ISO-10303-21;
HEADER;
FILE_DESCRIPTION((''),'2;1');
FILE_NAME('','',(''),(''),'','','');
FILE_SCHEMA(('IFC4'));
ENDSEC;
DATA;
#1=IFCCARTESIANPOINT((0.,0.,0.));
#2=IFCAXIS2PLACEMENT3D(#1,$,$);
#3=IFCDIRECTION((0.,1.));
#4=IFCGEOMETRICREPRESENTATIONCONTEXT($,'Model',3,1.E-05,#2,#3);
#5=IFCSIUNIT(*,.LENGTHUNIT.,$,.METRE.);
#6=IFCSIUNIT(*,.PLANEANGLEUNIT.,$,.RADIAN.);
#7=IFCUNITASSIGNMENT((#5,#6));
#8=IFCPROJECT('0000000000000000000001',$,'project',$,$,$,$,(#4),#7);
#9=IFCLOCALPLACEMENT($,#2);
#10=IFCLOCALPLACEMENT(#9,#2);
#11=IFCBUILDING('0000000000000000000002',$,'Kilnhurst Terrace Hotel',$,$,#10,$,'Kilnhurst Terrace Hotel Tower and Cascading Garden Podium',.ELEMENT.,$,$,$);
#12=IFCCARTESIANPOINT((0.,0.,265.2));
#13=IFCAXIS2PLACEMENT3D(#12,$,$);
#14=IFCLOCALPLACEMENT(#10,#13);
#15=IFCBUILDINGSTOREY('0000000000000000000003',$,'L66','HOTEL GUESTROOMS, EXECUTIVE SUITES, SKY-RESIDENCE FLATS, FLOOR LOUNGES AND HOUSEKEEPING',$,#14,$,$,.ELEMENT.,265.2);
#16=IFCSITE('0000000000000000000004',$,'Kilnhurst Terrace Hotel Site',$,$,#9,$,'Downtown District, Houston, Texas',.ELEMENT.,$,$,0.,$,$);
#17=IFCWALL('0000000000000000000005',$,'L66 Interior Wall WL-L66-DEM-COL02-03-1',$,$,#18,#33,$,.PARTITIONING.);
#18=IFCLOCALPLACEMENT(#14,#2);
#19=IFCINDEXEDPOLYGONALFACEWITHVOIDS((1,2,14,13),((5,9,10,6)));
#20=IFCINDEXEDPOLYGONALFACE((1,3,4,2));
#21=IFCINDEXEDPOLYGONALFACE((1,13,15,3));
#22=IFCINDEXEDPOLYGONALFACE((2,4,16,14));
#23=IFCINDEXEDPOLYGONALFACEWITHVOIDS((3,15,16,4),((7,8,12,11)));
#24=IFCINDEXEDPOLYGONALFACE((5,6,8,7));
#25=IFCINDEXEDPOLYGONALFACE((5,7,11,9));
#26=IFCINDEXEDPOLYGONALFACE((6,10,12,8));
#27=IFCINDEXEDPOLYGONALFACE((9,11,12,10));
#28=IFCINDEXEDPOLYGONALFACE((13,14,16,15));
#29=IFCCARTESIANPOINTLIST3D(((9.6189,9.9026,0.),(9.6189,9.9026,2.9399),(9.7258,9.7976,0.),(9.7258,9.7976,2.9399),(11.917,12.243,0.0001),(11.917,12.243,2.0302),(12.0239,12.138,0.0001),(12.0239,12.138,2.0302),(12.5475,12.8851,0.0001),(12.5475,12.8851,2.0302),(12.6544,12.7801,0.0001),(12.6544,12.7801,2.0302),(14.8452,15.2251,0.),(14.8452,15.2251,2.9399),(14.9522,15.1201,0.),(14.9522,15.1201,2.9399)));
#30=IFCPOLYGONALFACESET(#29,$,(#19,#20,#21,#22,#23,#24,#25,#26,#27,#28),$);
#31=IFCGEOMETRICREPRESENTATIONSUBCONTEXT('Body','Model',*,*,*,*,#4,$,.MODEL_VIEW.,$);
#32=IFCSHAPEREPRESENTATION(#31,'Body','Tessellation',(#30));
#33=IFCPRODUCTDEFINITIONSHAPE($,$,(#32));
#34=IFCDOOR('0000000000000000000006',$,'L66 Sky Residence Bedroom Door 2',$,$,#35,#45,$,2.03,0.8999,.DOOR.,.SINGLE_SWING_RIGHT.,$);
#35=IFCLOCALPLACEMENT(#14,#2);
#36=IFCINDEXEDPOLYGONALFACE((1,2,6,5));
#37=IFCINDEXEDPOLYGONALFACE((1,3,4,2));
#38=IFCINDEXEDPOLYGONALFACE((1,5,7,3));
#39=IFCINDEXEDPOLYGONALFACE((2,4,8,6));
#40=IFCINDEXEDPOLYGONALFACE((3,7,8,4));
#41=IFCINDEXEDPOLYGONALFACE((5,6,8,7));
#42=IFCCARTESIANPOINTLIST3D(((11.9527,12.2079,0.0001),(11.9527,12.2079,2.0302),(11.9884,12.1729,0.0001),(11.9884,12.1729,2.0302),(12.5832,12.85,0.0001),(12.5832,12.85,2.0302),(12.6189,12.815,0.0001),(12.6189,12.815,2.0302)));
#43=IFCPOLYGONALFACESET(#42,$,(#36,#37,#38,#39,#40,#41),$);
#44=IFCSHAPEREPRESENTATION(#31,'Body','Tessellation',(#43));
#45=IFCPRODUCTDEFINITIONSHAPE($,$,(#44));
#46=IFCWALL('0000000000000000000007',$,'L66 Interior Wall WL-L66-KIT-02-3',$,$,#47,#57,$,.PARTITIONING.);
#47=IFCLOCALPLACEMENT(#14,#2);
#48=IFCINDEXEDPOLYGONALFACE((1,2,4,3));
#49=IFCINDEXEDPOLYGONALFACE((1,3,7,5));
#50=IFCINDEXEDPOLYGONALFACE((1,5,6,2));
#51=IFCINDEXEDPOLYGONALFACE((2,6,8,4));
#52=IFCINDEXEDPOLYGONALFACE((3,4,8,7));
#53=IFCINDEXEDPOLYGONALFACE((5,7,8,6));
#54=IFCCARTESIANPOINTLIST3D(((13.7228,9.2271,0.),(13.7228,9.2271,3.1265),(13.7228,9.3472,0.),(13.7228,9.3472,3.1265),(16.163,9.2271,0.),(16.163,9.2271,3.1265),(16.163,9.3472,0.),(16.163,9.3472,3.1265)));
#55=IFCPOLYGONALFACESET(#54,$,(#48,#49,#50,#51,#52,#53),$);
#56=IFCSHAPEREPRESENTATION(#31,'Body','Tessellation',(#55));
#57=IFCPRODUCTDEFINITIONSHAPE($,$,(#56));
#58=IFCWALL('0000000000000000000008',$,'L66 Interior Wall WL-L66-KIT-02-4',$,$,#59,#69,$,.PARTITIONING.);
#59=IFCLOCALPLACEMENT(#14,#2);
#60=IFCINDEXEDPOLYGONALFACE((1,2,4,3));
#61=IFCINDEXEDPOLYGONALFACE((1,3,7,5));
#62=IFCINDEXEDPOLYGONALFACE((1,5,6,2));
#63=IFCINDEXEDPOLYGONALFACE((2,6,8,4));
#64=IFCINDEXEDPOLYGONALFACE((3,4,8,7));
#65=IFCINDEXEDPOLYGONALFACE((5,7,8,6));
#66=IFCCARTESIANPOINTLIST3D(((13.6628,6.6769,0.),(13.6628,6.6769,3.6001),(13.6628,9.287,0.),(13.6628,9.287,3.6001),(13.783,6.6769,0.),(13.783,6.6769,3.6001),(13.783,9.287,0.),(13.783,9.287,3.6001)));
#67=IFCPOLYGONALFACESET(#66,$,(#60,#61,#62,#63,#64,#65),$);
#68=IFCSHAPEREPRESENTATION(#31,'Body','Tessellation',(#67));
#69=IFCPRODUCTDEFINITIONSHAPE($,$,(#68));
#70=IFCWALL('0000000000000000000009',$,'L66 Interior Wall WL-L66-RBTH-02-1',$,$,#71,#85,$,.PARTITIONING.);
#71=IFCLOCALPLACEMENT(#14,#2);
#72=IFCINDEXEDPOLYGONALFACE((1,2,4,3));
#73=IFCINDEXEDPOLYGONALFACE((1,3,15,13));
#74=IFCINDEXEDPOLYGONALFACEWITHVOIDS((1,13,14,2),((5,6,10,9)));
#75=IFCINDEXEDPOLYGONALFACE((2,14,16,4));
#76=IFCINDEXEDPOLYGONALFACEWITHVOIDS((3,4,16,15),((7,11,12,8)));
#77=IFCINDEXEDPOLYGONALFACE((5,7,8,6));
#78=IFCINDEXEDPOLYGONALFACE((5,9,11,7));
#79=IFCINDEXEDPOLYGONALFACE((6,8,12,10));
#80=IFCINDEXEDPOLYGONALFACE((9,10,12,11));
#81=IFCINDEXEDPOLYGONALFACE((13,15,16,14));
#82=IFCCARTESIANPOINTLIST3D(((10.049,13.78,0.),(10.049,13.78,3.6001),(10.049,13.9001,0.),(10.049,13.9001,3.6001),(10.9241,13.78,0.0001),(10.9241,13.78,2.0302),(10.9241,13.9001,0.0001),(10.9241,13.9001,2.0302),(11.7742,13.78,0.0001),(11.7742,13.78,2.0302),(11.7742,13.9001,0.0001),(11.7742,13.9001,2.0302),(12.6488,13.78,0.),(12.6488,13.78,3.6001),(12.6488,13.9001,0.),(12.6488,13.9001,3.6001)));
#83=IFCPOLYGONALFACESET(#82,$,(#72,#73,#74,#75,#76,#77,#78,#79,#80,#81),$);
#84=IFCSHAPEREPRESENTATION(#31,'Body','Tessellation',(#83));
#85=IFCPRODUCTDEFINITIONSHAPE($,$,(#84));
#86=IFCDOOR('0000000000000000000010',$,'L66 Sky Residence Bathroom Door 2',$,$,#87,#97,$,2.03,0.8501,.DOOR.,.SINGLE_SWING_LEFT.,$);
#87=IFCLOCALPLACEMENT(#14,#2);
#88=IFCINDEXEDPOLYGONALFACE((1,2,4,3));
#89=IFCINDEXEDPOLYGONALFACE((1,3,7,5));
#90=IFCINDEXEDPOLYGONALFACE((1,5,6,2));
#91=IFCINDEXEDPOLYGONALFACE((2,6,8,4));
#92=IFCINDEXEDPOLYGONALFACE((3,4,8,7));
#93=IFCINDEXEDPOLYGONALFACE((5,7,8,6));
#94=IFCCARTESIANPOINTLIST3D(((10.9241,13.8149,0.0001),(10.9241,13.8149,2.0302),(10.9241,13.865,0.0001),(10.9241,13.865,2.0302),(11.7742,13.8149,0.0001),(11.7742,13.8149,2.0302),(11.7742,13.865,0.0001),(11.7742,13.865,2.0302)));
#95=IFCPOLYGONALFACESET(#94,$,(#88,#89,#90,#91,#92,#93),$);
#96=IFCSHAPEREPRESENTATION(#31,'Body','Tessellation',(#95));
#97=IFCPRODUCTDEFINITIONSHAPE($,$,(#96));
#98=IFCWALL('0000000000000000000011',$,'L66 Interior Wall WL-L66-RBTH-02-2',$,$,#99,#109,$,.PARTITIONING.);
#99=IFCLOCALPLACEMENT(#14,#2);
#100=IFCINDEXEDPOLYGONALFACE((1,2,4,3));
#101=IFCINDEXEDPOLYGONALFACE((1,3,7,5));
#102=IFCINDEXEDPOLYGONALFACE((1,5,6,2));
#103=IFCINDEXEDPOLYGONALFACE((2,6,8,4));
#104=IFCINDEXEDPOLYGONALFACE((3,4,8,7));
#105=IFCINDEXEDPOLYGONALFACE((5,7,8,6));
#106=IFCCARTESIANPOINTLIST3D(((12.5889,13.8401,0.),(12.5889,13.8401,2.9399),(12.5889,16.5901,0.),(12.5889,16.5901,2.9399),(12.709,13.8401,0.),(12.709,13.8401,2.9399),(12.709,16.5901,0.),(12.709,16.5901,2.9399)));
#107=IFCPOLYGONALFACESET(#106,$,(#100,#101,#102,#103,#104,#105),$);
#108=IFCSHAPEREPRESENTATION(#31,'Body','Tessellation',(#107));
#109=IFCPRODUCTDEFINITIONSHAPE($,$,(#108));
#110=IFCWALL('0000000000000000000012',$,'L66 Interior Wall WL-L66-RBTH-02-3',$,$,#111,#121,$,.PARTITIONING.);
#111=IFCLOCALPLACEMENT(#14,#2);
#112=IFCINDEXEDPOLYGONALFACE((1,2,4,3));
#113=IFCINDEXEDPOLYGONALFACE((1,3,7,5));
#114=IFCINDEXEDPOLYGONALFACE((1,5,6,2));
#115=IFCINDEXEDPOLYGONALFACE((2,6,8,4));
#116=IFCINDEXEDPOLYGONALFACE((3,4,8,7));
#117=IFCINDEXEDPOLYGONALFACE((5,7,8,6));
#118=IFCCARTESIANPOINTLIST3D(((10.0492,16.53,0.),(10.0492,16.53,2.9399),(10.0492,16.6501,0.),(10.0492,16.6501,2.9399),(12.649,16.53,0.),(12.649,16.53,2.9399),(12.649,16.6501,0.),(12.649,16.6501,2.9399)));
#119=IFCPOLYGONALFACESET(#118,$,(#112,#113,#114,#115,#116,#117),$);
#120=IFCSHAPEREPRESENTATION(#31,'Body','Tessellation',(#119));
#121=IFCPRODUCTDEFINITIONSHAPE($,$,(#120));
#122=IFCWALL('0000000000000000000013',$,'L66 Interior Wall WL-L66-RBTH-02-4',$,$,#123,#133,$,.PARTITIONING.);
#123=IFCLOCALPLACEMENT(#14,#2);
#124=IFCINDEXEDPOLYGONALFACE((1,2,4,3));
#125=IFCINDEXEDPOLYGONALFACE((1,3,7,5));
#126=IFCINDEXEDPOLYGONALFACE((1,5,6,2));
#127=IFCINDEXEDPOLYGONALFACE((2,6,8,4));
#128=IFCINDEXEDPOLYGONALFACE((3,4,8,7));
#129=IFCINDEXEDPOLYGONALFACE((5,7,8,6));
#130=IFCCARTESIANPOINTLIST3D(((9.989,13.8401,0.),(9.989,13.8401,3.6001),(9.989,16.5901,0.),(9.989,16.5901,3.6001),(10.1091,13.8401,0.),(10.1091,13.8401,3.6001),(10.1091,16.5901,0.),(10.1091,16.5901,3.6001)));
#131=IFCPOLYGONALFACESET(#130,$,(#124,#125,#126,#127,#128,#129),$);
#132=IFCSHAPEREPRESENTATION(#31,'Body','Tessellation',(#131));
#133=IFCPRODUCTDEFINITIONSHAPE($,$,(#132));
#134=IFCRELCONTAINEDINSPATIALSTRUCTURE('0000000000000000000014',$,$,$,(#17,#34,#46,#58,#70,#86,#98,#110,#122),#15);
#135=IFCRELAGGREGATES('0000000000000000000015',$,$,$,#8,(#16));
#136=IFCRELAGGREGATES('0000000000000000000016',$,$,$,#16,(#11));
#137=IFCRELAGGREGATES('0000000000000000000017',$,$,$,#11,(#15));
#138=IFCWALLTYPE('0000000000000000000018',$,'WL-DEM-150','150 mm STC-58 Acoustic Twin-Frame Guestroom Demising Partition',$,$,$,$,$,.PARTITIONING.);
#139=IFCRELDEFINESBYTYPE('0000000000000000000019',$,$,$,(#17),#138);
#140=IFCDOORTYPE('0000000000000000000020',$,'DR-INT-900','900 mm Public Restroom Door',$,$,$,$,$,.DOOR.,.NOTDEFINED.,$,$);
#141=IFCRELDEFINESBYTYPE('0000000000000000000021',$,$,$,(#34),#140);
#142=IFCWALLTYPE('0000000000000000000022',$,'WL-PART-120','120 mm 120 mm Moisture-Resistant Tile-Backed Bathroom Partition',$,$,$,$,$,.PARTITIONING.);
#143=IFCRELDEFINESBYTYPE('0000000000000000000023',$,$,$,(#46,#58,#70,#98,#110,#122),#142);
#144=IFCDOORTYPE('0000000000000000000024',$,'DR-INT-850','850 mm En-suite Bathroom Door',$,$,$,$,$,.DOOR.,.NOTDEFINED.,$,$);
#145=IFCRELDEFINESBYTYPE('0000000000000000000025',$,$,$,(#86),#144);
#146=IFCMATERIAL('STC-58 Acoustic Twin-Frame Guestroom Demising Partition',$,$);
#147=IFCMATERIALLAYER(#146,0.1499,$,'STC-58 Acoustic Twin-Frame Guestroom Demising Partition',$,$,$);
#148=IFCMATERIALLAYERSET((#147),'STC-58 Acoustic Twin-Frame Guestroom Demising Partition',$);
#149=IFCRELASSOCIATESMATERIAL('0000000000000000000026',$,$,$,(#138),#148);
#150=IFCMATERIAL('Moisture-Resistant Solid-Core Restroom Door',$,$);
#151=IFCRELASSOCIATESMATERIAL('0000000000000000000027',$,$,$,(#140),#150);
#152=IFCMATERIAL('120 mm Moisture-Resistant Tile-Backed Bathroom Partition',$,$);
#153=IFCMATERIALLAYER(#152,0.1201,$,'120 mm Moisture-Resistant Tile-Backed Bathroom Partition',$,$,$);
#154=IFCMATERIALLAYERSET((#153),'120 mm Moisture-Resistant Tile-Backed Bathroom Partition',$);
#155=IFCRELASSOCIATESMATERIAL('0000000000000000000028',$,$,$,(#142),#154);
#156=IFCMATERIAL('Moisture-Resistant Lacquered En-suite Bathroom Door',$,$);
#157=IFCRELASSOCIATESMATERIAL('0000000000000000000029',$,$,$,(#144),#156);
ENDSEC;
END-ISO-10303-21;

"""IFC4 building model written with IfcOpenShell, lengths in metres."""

from ifc_helpers import new_model, si_unit, direction, frame, frame_2d, origin, place, context, subcontext, project, spatial, rectangle, extrude, material, layer, layer_set, type_object, element, fill, save


model = new_model("IFC4")

# Units and contexts
model_context = context("Model", 3, precision=1e-05, world=origin(), true_north=direction((0.0, 1.0)))
body_context = subcontext(model_context, "Body", "Model", "MODEL_VIEW")
ifc_project = project(units=[si_unit("LENGTHUNIT", "METRE"), si_unit("PLANEANGLEUNIT", "RADIAN")], contexts=[model_context])

# Site, building, storey
site_placement = place(None, origin())
site = spatial("IfcSite", under=ifc_project, at=site_placement, Name="Kilnhurst Terrace Hotel Site", LongName="Downtown District, Houston, Texas", CompositionType="ELEMENT", RefElevation=0.0)
building_placement = place(site_placement, origin())
building = spatial("IfcBuilding", under=site, at=building_placement, Name="Kilnhurst Terrace Hotel", LongName="Kilnhurst Terrace Hotel Tower and Cascading Garden Podium", CompositionType="ELEMENT")
storey_placement = place(building_placement, frame((0.0, 0.0, 265.2)))
storey = spatial("IfcBuildingStorey", under=building, at=storey_placement, Name="L66", Description="HOTEL GUESTROOMS, EXECUTIVE SUITES, SKY-RESIDENCE FLATS, FLOOR LOUNGES AND HOUSEKEEPING", CompositionType="ELEMENT", Elevation=265.2)

# Wall, opening, door
ifc_material_1 = material(Name="STC-58 Acoustic Twin-Frame Guestroom Demising Partition")
ifc_layer_1 = layer(ifc_material_1, 0.1499, Name="STC-58 Acoustic Twin-Frame Guestroom Demising Partition")
ifc_layer_set_1 = layer_set([ifc_layer_1], Name="STC-58 Acoustic Twin-Frame Guestroom Demising Partition")
wall_type_1 = type_object("IfcWallType", Name="WL-DEM-150", Description="150 mm STC-58 Acoustic Twin-Frame Guestroom Demising Partition", PredefinedType="PARTITIONING", material=ifc_layer_set_1)
wall_1_placement = place(storey_placement, frame((9.6724, 9.8501, 0.0), z_axis=(0.0, 0.0, 1.0), x_axis=(0.70063, 0.713525, 0.0)))
wall_1 = element("IfcWall", 1, at=wall_1_placement, inside=storey, type_object=wall_type_1, Name="L66 Interior Wall WL-L66-DEM-COL02-03-1", PredefinedType="PARTITIONING", context=body_context, shape_type="SweptSolid", body=[
    extrude(rectangle(XDim=7.4595, YDim=0.1499, at=frame_2d((3.7297, 0.0))), origin(), (0.0, 0.0, 1.0), 2.9399),
])
opening_1_placement = place(wall_1_placement, frame((3.28, 0.0, 0.0)))
opening_1 = element("IfcOpeningElement", 2, at=opening_1_placement, cuts=wall_1, PredefinedType="OPENING", context=body_context, shape_type="SweptSolid", body=[
    extrude(rectangle(XDim=0.8999, YDim=2.03, at=frame_2d((0.45, 1.0151))), frame((0.0, 0.085, 0.0), z_axis=(0.0, -1.0, 0.0), x_axis=(1.0, 0.0, 0.0)), (0.0, 0.0, 1.0), 0.1699),
])
ifc_material_2 = material(Name="Moisture-Resistant Solid-Core Restroom Door")
door_type_1 = type_object("IfcDoorType", Name="DR-INT-900", Description="900 mm Public Restroom Door", OperationType="NOTDEFINED", PredefinedType="DOOR", material=ifc_material_2)
door_1_placement = place(opening_1_placement, origin())
door_1 = element("IfcDoor", 3, at=door_1_placement, inside=storey, type_object=door_type_1, Name="L66 Sky Residence Bedroom Door 2", OperationType="SINGLE_SWING_RIGHT", OverallHeight=2.03, OverallWidth=0.8999, PredefinedType="DOOR", context=body_context, shape_type="SweptSolid", body=[
    extrude(rectangle(XDim=0.8999, YDim=2.03, at=frame_2d((0.45, 1.0151))), frame((0.0, 0.0249, 0.0), z_axis=(0.0, -1.0, 0.0), x_axis=(1.0, 0.0, 0.0)), (0.0, 0.0, 1.0), 0.05),
])
fill(opening_1, door_1)

# Walls
ifc_material_3 = material(Name="120 mm Moisture-Resistant Tile-Backed Bathroom Partition")
ifc_layer_2 = layer(ifc_material_3, 0.1201, Name="120 mm Moisture-Resistant Tile-Backed Bathroom Partition")
ifc_layer_set_2 = layer_set([ifc_layer_2], Name="120 mm Moisture-Resistant Tile-Backed Bathroom Partition")
wall_type_2 = type_object("IfcWallType", Name="WL-PART-120", Description="120 mm 120 mm Moisture-Resistant Tile-Backed Bathroom Partition", PredefinedType="PARTITIONING", material=ifc_layer_set_2)
wall_2_placement = place(storey_placement, frame((16.1631, 9.2871, 0.0), z_axis=(0.0, 0.0, 1.0), x_axis=(-1.0, 0.0, 0.0)))
element("IfcWall", 4, at=wall_2_placement, inside=storey, type_object=wall_type_2, Name="L66 Interior Wall WL-L66-KIT-02-3", PredefinedType="PARTITIONING", context=body_context, shape_type="SweptSolid", body=[
    extrude(rectangle(XDim=2.4402, YDim=0.1201, at=frame_2d((1.2202, 0.0))), origin(), (0.0, 0.0, 1.0), 3.1265),
])
wall_3_placement = place(storey_placement, frame((13.7229, 9.2871, 0.0), z_axis=(0.0, 0.0, 1.0), x_axis=(0.0, -1.0, 0.0)))
element("IfcWall", 5, at=wall_3_placement, inside=storey, type_object=wall_type_2, Name="L66 Interior Wall WL-L66-KIT-02-4", PredefinedType="PARTITIONING", context=body_context, shape_type="SweptSolid", body=[
    extrude(rectangle(XDim=2.6101, YDim=0.1201, at=frame_2d((1.3052, 0.0))), origin(), (0.0, 0.0, 1.0), 3.6001),
])

# Wall, opening, door
wall_4_placement = place(storey_placement, frame((10.0491, 13.8401, 0.0), z_axis=(0.0, 0.0, 1.0), x_axis=(1.0, 0.0, 0.0)))
wall_4 = element("IfcWall", 6, at=wall_4_placement, inside=storey, type_object=wall_type_2, Name="L66 Interior Wall WL-L66-RBTH-02-1", PredefinedType="PARTITIONING", context=body_context, shape_type="SweptSolid", body=[
    extrude(rectangle(XDim=2.5999, YDim=0.1201, at=frame_2d((1.2998, 0.0))), origin(), (0.0, 0.0, 1.0), 3.6001),
])
opening_2_placement = place(wall_4_placement, frame((0.875, 0.0, 0.0)))
opening_2 = element("IfcOpeningElement", 7, at=opening_2_placement, cuts=wall_4, PredefinedType="OPENING", context=body_context, shape_type="SweptSolid", body=[
    extrude(rectangle(XDim=0.8501, YDim=2.03, at=frame_2d((0.425, 1.0151))), frame((0.0, 0.0701, 0.0), z_axis=(0.0, -1.0, 0.0), x_axis=(1.0, 0.0, 0.0)), (0.0, 0.0, 1.0), 0.1401),
])
ifc_material_4 = material(Name="Moisture-Resistant Lacquered En-suite Bathroom Door")
door_type_2 = type_object("IfcDoorType", Name="DR-INT-850", Description="850 mm En-suite Bathroom Door", OperationType="NOTDEFINED", PredefinedType="DOOR", material=ifc_material_4)
door_2_placement = place(opening_2_placement, origin())
door_2 = element("IfcDoor", 8, at=door_2_placement, inside=storey, type_object=door_type_2, Name="L66 Sky Residence Bathroom Door 2", OperationType="SINGLE_SWING_LEFT", OverallHeight=2.03, OverallWidth=0.8501, PredefinedType="DOOR", context=body_context, shape_type="SweptSolid", body=[
    extrude(rectangle(XDim=0.8501, YDim=2.03, at=frame_2d((0.425, 1.0151))), frame((0.0, 0.0249, 0.0), z_axis=(0.0, -1.0, 0.0), x_axis=(1.0, 0.0, 0.0)), (0.0, 0.0, 1.0), 0.05),
])
fill(opening_2, door_2)

# Walls
wall_5_placement = place(storey_placement, frame((12.6489, 13.8401, 0.0), z_axis=(0.0, 0.0, 1.0), x_axis=(0.0, 1.0, 0.0)))
element("IfcWall", 9, at=wall_5_placement, inside=storey, type_object=wall_type_2, Name="L66 Interior Wall WL-L66-RBTH-02-2", PredefinedType="PARTITIONING", context=body_context, shape_type="SweptSolid", body=[
    extrude(rectangle(XDim=2.75, YDim=0.1201, at=frame_2d((1.375, 0.0))), origin(), (0.0, 0.0, 1.0), 2.9399),
])
wall_6_placement = place(storey_placement, frame((12.6489, 16.5901, 0.0), z_axis=(0.0, 0.0, 1.0), x_axis=(-1.0, 0.0, 0.0)))
element("IfcWall", 10, at=wall_6_placement, inside=storey, type_object=wall_type_2, Name="L66 Interior Wall WL-L66-RBTH-02-3", PredefinedType="PARTITIONING", context=body_context, shape_type="SweptSolid", body=[
    extrude(rectangle(XDim=2.5999, YDim=0.1201, at=frame_2d((1.2998, 0.0))), origin(), (0.0, 0.0, 1.0), 2.9399),
])
wall_7_placement = place(storey_placement, frame((10.0491, 16.5901, 0.0), z_axis=(0.0, 0.0, 1.0), x_axis=(0.0, -1.0, 0.0)))
element("IfcWall", 11, at=wall_7_placement, inside=storey, type_object=wall_type_2, Name="L66 Interior Wall WL-L66-RBTH-02-4", PredefinedType="PARTITIONING", context=body_context, shape_type="SweptSolid", body=[
    extrude(rectangle(XDim=2.75, YDim=0.1201, at=frame_2d((1.375, 0.0))), origin(), (0.0, 0.0, 1.0), 3.6001),
])

save(model, "model.ifc")
